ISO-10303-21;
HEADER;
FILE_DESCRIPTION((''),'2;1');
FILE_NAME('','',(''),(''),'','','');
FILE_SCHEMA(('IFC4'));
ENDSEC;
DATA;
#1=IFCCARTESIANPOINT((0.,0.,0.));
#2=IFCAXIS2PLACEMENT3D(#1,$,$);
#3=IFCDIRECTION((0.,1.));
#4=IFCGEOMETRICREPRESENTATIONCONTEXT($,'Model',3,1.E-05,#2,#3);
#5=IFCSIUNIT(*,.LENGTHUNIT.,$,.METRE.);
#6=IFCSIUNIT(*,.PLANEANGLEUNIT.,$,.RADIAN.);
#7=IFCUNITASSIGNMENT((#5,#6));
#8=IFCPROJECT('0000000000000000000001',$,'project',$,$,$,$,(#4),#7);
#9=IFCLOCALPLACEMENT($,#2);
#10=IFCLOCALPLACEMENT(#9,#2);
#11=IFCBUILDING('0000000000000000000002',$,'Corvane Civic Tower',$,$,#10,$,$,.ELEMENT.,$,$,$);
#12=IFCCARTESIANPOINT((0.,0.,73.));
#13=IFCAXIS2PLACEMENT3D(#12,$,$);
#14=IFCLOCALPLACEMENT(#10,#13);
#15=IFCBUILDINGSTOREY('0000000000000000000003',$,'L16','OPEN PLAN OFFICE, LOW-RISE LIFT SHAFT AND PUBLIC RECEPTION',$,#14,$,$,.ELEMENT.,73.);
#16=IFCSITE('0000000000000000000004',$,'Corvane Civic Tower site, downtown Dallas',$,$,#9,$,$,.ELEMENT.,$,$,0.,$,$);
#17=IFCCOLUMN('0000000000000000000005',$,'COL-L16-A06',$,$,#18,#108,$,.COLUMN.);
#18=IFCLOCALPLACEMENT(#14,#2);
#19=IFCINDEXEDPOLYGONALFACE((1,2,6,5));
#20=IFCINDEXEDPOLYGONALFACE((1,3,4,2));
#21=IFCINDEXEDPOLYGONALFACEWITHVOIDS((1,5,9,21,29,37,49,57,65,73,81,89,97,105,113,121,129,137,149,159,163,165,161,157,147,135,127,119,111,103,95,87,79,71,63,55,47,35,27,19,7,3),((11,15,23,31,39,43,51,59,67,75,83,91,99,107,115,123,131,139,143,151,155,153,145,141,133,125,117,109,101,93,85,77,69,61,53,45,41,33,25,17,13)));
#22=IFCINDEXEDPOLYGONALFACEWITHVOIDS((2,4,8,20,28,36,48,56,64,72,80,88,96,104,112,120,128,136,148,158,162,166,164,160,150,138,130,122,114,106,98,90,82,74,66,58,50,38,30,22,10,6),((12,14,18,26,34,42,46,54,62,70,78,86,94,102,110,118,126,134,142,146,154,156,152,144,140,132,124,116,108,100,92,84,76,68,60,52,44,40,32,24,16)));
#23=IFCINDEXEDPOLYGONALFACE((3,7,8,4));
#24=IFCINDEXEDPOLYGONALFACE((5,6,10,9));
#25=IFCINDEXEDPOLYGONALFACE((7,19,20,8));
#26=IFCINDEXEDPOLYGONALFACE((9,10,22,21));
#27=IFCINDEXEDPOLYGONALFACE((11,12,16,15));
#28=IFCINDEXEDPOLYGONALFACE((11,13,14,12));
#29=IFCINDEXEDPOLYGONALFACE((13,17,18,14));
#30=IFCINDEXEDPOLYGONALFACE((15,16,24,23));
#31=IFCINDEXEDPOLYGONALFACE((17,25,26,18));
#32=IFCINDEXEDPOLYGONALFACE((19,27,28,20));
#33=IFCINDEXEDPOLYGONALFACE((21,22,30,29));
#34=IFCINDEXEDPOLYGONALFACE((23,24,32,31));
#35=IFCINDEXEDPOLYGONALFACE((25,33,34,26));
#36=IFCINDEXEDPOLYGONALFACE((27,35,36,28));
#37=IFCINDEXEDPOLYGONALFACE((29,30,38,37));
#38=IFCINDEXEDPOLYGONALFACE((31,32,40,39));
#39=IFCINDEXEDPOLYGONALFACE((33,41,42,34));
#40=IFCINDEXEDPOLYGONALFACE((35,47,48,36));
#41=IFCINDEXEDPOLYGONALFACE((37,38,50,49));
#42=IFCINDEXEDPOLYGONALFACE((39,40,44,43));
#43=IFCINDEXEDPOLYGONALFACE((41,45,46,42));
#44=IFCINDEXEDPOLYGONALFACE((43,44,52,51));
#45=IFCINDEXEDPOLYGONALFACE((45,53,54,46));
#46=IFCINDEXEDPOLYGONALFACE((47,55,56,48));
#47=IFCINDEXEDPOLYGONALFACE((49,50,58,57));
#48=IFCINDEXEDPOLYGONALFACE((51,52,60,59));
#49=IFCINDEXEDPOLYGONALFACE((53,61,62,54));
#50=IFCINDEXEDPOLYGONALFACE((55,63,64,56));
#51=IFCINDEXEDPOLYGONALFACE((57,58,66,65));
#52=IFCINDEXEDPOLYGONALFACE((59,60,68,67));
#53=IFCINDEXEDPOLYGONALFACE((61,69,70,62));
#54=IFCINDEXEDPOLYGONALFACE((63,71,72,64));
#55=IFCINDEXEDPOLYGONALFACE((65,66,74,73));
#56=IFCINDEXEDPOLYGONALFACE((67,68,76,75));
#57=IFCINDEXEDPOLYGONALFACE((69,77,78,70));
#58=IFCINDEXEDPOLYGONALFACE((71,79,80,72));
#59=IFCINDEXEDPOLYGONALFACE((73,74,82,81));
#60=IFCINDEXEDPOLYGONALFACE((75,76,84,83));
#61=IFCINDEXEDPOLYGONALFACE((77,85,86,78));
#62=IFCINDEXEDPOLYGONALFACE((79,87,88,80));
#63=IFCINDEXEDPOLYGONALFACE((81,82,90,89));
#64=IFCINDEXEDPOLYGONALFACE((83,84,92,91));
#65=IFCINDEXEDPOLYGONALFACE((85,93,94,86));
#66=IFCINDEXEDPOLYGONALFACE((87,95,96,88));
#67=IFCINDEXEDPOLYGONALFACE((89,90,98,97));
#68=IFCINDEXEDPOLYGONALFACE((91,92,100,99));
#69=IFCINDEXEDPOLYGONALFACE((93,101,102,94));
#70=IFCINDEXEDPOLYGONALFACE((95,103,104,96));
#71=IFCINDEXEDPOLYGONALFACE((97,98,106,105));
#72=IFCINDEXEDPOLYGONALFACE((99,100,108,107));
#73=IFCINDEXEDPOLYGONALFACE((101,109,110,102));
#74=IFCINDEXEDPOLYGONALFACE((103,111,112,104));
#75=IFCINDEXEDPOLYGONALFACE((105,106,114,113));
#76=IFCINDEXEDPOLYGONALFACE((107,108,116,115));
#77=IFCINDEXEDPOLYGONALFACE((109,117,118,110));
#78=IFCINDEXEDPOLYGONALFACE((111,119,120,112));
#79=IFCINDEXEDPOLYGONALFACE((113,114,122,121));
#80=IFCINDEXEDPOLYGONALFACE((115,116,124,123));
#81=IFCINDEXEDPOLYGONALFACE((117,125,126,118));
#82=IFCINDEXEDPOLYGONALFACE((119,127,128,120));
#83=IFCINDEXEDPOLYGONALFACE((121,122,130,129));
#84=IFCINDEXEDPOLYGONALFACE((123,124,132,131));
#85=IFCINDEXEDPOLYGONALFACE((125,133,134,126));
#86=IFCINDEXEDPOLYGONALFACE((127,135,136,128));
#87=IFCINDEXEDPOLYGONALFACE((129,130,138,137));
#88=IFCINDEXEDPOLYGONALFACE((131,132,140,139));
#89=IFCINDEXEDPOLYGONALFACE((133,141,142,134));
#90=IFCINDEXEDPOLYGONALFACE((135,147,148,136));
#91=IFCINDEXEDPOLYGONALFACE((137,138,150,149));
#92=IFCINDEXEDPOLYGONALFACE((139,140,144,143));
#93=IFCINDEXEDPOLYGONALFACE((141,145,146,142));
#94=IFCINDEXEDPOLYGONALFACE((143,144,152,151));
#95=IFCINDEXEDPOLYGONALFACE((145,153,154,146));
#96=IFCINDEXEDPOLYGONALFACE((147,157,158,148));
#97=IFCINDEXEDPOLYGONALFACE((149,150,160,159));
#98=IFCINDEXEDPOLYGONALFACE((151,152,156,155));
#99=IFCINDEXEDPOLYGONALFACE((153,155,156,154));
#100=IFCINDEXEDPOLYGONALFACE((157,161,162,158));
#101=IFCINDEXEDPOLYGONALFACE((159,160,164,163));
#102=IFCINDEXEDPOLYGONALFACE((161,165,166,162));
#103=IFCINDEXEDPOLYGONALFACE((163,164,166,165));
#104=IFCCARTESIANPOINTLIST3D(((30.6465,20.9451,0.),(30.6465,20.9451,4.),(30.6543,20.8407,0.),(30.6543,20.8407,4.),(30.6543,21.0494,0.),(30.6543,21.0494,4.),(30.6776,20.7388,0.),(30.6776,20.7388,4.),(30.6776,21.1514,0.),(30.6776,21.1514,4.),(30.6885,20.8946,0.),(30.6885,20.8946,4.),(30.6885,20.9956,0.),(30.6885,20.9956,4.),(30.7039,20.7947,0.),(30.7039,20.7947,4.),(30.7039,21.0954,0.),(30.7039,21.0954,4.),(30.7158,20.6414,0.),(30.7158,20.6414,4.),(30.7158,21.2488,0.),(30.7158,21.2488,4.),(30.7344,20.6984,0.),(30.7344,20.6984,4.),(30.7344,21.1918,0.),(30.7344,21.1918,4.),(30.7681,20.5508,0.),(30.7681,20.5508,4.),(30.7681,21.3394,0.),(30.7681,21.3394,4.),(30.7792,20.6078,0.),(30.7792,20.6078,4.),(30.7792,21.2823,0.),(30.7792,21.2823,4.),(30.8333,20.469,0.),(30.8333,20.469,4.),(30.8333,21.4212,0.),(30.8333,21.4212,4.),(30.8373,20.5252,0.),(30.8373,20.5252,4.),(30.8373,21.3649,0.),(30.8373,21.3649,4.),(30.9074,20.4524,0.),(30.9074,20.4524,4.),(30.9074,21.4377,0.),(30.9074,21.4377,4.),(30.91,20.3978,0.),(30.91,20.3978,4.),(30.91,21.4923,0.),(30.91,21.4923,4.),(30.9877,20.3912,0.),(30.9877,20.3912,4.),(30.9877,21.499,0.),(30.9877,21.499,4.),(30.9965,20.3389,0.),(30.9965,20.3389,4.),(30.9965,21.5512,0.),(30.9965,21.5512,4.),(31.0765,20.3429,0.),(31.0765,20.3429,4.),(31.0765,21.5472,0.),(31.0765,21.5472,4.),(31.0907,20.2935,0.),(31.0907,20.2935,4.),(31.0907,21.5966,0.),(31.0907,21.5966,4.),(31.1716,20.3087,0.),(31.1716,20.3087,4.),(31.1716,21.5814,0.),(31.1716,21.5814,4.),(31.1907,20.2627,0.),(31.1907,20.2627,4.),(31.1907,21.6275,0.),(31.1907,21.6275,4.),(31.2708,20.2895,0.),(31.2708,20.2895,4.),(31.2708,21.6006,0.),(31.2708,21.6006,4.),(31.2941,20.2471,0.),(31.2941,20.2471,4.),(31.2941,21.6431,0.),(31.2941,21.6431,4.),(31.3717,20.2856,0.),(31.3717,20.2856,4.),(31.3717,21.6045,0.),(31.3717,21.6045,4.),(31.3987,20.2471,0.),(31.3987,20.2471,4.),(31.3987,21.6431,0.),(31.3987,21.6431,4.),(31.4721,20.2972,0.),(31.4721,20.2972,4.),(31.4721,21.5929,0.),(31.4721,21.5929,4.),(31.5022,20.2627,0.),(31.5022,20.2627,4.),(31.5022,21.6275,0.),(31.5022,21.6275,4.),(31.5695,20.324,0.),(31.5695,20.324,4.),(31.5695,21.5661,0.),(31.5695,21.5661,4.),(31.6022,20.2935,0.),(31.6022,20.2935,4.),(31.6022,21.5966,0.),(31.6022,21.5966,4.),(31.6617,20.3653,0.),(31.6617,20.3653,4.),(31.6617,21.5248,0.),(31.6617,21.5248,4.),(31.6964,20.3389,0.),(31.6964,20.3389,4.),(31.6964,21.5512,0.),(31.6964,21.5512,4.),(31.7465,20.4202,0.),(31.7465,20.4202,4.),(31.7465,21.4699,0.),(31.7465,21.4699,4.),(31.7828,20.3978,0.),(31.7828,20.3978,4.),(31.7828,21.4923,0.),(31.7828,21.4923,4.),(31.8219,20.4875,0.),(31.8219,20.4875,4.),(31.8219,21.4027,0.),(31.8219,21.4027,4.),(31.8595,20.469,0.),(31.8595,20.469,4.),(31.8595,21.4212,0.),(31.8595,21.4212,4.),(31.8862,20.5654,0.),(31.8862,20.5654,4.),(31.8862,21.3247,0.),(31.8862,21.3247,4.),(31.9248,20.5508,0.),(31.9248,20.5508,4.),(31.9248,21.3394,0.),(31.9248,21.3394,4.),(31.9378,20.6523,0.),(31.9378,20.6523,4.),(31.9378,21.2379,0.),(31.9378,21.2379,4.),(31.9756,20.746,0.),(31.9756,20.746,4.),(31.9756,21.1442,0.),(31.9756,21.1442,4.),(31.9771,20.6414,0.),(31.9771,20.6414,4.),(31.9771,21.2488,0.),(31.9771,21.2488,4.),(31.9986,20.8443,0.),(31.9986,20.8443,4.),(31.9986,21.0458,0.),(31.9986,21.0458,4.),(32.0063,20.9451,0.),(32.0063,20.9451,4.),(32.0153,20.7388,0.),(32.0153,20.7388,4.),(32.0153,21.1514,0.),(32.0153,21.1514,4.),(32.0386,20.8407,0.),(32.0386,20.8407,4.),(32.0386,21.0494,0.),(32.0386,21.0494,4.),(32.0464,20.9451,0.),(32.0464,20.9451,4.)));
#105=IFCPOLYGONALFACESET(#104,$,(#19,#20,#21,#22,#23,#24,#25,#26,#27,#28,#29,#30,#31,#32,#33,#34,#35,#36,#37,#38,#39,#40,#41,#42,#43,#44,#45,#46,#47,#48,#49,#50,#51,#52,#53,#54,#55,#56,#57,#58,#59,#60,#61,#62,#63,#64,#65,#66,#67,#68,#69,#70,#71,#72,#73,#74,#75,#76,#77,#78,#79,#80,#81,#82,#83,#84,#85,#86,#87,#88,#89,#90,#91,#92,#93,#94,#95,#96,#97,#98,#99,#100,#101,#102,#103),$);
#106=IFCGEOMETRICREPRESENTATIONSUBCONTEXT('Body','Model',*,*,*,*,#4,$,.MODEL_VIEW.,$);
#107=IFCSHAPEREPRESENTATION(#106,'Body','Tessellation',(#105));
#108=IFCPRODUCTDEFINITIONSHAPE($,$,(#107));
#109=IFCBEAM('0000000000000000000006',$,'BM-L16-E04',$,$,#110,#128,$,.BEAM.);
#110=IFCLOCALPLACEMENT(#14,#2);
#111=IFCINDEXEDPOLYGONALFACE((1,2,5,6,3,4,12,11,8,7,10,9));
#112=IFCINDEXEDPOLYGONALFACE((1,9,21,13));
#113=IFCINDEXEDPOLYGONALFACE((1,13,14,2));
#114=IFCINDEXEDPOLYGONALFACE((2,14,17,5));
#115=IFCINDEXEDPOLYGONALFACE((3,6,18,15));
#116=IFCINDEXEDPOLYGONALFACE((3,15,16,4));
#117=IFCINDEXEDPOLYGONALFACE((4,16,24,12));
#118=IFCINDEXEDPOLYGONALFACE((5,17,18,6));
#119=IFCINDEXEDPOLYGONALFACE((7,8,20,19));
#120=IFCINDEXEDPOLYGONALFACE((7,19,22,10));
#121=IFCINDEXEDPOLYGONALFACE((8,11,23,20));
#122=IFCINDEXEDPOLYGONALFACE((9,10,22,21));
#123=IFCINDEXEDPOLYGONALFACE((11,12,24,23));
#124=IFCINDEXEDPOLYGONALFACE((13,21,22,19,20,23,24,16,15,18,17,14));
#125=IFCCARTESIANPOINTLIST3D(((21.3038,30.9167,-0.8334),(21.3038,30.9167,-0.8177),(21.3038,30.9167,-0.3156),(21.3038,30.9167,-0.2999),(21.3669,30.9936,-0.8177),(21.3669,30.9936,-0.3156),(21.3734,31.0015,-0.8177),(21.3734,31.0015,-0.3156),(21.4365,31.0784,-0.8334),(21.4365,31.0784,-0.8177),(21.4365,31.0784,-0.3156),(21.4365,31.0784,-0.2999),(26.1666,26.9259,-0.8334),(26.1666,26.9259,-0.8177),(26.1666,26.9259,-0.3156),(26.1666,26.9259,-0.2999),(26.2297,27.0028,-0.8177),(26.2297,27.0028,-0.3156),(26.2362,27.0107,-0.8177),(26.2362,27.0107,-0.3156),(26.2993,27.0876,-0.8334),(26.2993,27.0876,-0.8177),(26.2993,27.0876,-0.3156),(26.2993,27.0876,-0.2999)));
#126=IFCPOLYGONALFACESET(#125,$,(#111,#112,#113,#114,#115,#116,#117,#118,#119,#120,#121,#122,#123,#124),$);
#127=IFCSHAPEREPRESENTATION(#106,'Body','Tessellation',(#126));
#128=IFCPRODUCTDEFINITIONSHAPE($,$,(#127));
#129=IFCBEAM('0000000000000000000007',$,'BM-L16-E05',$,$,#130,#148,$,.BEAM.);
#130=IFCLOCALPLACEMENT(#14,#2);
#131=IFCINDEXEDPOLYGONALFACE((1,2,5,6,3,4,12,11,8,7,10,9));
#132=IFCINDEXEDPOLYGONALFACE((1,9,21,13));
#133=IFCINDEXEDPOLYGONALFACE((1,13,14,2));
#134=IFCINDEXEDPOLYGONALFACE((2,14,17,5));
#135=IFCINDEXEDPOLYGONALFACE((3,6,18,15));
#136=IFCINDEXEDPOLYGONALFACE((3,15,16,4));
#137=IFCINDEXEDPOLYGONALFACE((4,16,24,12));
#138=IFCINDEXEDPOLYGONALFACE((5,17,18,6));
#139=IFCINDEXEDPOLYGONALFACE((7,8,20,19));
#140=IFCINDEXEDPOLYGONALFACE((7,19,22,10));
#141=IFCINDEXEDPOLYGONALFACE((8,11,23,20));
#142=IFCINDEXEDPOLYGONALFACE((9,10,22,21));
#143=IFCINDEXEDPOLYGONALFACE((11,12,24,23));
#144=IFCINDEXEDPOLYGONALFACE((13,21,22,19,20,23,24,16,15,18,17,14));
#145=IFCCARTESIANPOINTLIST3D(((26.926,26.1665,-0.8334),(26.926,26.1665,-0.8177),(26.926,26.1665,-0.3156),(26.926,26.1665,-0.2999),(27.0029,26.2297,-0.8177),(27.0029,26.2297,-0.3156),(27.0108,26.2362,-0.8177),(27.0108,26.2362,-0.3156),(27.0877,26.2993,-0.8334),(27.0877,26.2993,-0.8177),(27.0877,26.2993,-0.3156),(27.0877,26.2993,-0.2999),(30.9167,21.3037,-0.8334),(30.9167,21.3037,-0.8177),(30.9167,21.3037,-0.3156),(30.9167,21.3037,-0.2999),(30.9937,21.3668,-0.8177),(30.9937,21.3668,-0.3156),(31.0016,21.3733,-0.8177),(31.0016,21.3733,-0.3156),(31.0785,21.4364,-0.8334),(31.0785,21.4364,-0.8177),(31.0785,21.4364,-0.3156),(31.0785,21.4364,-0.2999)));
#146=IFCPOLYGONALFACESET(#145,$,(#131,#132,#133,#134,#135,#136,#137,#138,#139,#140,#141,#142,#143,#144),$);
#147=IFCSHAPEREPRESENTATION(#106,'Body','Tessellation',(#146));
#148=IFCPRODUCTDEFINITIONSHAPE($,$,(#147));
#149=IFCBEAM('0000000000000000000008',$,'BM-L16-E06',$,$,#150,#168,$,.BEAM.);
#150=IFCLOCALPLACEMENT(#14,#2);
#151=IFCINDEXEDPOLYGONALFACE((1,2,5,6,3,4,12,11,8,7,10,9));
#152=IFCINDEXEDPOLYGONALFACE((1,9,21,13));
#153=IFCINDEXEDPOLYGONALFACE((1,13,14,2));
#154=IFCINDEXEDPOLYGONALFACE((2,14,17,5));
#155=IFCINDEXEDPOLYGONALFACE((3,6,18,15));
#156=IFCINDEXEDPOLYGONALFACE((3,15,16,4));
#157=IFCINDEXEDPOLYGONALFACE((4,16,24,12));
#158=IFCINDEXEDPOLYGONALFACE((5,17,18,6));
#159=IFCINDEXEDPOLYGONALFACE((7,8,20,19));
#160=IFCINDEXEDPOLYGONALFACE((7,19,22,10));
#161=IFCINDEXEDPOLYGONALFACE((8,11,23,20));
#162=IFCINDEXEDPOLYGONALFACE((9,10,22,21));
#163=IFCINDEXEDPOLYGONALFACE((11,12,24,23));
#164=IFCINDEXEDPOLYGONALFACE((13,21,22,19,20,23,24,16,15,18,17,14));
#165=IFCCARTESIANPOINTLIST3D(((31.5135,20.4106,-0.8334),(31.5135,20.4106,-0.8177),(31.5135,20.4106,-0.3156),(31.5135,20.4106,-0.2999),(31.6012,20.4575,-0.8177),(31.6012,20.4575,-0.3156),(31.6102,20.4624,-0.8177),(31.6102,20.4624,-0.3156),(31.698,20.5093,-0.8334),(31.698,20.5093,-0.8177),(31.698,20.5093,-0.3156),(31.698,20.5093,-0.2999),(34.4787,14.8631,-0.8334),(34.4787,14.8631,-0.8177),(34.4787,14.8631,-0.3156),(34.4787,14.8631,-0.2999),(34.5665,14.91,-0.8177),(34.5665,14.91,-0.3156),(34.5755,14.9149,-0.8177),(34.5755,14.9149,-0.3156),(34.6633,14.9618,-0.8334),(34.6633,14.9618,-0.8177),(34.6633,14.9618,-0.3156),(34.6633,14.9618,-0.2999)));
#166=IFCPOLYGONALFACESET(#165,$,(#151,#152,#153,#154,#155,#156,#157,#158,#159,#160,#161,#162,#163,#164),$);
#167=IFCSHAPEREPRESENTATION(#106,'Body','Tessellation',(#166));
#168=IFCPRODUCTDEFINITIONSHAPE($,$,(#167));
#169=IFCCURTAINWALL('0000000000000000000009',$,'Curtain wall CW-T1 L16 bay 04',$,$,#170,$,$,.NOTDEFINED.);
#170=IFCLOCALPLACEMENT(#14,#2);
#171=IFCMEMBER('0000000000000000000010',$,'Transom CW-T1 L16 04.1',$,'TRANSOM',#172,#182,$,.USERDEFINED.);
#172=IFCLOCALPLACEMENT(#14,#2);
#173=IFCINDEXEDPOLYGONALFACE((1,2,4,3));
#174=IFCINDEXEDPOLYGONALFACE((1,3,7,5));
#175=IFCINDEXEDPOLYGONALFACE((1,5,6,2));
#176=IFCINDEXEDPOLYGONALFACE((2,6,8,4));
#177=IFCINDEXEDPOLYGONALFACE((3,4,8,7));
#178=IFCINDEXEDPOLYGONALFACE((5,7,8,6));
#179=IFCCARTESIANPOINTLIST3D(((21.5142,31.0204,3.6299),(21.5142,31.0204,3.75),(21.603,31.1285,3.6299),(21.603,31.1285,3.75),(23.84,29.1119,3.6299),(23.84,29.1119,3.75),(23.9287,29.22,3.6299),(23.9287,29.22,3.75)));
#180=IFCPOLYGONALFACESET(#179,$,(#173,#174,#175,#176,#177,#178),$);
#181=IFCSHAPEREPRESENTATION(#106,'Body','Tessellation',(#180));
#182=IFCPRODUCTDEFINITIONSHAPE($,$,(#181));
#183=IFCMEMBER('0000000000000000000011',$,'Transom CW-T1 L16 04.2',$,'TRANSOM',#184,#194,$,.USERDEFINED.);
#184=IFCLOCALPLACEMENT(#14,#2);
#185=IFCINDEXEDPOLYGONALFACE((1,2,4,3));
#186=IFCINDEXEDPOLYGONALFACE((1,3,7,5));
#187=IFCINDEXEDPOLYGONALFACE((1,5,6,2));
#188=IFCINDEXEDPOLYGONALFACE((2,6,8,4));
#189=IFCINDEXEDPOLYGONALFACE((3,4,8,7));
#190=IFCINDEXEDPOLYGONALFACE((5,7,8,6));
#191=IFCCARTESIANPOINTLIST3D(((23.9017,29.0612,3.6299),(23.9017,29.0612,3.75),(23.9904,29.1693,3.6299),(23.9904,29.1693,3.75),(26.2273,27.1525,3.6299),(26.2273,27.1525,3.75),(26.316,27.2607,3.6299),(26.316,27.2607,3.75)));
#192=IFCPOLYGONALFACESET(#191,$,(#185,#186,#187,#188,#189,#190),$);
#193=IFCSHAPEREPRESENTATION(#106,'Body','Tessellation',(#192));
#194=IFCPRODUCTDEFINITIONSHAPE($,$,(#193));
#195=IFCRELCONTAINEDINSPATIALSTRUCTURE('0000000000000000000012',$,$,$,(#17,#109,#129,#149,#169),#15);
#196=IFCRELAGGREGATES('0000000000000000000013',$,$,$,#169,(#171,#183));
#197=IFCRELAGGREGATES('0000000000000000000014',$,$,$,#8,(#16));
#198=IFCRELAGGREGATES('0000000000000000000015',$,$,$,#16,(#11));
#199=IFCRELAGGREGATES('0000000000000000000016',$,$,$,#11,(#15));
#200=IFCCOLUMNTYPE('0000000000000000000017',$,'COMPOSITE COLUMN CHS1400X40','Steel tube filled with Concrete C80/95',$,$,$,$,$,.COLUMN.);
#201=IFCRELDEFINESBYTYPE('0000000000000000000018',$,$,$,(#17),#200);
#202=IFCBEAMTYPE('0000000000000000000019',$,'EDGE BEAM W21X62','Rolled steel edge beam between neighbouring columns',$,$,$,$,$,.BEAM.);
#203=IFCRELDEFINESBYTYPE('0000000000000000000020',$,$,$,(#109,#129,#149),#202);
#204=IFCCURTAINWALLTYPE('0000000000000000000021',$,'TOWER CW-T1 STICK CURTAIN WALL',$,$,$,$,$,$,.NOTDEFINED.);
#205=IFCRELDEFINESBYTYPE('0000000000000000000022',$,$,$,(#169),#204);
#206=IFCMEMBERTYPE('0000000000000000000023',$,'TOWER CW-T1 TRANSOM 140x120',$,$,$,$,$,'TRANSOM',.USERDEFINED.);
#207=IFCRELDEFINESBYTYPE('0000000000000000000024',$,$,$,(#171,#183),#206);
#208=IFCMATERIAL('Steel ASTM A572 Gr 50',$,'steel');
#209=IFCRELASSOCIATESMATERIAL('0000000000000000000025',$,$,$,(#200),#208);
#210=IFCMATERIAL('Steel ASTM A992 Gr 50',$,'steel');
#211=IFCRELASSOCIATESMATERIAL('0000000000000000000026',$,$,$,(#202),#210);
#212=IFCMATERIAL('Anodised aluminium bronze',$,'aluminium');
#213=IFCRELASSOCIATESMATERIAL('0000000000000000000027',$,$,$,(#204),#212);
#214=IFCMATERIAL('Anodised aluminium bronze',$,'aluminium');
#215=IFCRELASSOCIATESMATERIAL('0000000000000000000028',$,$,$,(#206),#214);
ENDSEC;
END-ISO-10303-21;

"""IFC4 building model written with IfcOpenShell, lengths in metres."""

from ifc_helpers import new_model, si_unit, direction, frame, origin, origin_2d, place, context, subcontext, project, spatial, rectangle, hollow_circle, i_section, extrude, material, material_profile, profile_set, type_object, element, aggregate, save


model = new_model("IFC4")

# Units and contexts
model_context = context("Model", 3, precision=1e-05, world=origin(), true_north=direction((0.0, 1.0)))
body_context = subcontext(model_context, "Body", "Model", "MODEL_VIEW")
ifc_project = project(units=[si_unit("LENGTHUNIT", "METRE"), si_unit("PLANEANGLEUNIT", "RADIAN")], contexts=[model_context])

# Site, building, storey
site_placement = place(None, origin())
site = spatial("IfcSite", under=ifc_project, at=site_placement, Name="Corvane Civic Tower site, downtown Dallas", CompositionType="ELEMENT", RefElevation=0.0)
building_placement = place(site_placement, origin())
building = spatial("IfcBuilding", under=site, at=building_placement, Name="Corvane Civic Tower", CompositionType="ELEMENT")
storey_placement = place(building_placement, frame((0.0, 0.0, 73.0)))
storey = spatial("IfcBuildingStorey", under=building, at=storey_placement, Name="L16", Description="OPEN PLAN OFFICE, LOW-RISE LIFT SHAFT AND PUBLIC RECEPTION", CompositionType="ELEMENT", Elevation=73.0)

# Column
ifc_material_1 = material(Name="Steel ASTM A572 Gr 50", Category="steel")
ifc_material_profile_1 = material_profile(ifc_material_1, hollow_circle(Radius=0.7, WallThickness=0.04, at=origin_2d()), Name="CHS1400X40")
ifc_profile_set_1 = profile_set([ifc_material_profile_1], Name="Steel ASTM A572 Gr 50")
column_type = type_object("IfcColumnType", Name="COMPOSITE COLUMN CHS1400X40", Description="Steel tube filled with Concrete C80/95", PredefinedType="COLUMN", material=ifc_profile_set_1)
for number, where, z_axis, x_axis, name in (
    (1, (31.3464, 20.9451, 0.0), (0.0, 0.0, 1.0), (1.0, 0.0, 0.0), "COL-L16-A06"),
):
    element("IfcColumn", number, at=place(storey_placement, frame(where, z_axis=z_axis, x_axis=x_axis)), inside=storey, type_object=column_type, Name=name, PredefinedType="COLUMN", context=body_context, shape_type="SweptSolid", body=[
        extrude(hollow_circle(Radius=0.7, WallThickness=0.04, at=origin_2d()), origin(), (0.0, 0.0, 1.0), 4.0),
    ])

# Beams
ifc_material_2 = material(Name="Steel ASTM A992 Gr 50", Category="steel")
ifc_material_profile_2 = material_profile(ifc_material_2, i_section(OverallWidth=0.2092, OverallDepth=0.5334, WebThickness=0.0103, FlangeThickness=0.0156, at=origin_2d()), Name="W21X62")
ifc_profile_set_2 = profile_set([ifc_material_profile_2], Name="Steel ASTM A992 Gr 50")
beam_type = type_object("IfcBeamType", Name="EDGE BEAM W21X62", Description="Rolled steel edge beam between neighbouring columns", PredefinedType="BEAM", material=ifc_profile_set_2)
for number, where, z_axis, x_axis, name in (
    (2, (21.3701, 30.9976, -0.5667), (0.773016, -0.634387, 0.0), (0.634387, 0.773016, 0.0), "BM-L16-E04"),
    (3, (27.0068, 26.2329, -0.5667), (0.634387, -0.773016, 0.0), (0.773016, 0.634387, 0.0), "BM-L16-E05"),
):
    element("IfcBeam", number, at=place(storey_placement, frame(where, z_axis=z_axis, x_axis=x_axis)), inside=storey, type_object=beam_type, Name=name, PredefinedType="BEAM", context=body_context, shape_type="SweptSolid", body=[
        extrude(i_section(OverallWidth=0.2092, OverallDepth=0.5334, WebThickness=0.0103, FlangeThickness=0.0156, at=origin_2d()), origin(), (0.0, 0.0, 1.0), 6.2908),
    ])
beam_placement = place(storey_placement, frame((31.6057, 20.46, -0.5667), z_axis=(0.471406, -0.881916, 0.0), x_axis=(0.881916, 0.471406, 0.0)))
element("IfcBeam", 4, at=beam_placement, inside=storey, type_object=beam_type, Name="BM-L16-E06", PredefinedType="BEAM", context=body_context, shape_type="SweptSolid", body=[
    extrude(i_section(OverallWidth=0.2092, OverallDepth=0.5334, WebThickness=0.0103, FlangeThickness=0.0156, at=origin_2d()), origin(), (0.0, 0.0, 1.0), 6.2903),
])

# Curtain wall, members
ifc_material_3 = material(Name="Anodised aluminium bronze", Category="aluminium")
curtain_wall_type = type_object("IfcCurtainWallType", Name="TOWER CW-T1 STICK CURTAIN WALL", PredefinedType="NOTDEFINED", material=ifc_material_3)
curtain_wall_1_placement = place(storey_placement, origin())
curtain_wall_1 = element("IfcCurtainWall", 5, at=curtain_wall_1_placement, inside=storey, type_object=curtain_wall_type, Name="Curtain wall CW-T1 L16 bay 04", PredefinedType="NOTDEFINED")
ifc_material_4 = material(Name="Anodised aluminium bronze", Category="aluminium")
ifc_material_profile_3 = material_profile(ifc_material_4, rectangle(XDim=0.1399, YDim=0.1201, at=origin_2d()), Name="TOWER CW-T1 TRANSOM 140x120")
ifc_profile_set_3 = profile_set([ifc_material_profile_3], Name="Anodised aluminium bronze")
member_type_1 = type_object("IfcMemberType", Name="TOWER CW-T1 TRANSOM 140x120", ElementType="TRANSOM", PredefinedType="USERDEFINED", material=ifc_profile_set_3)
member_1_placement = place(storey_placement, frame((21.5586, 31.0745, 3.6899), z_axis=(0.773042, -0.634355, 0.0), x_axis=(0.634355, 0.773042, 0.0)))
member_1 = element("IfcMember", 6, at=member_1_placement, type_object=member_type_1, Name="Transom CW-T1 L16 04.1", ObjectType="TRANSOM", PredefinedType="USERDEFINED", context=body_context, shape_type="SweptSolid", body=[
    extrude(rectangle(XDim=0.1399, YDim=0.1201, at=origin_2d()), origin(), (0.0, 0.0, 1.0), 3.0085),
])
member_2_placement = place(storey_placement, frame((23.946, 29.1152, 3.6899), z_axis=(0.773002, -0.634404, 0.0), x_axis=(0.634404, 0.773002, 0.0)))
member_2 = element("IfcMember", 7, at=member_2_placement, type_object=member_type_1, Name="Transom CW-T1 L16 04.2", ObjectType="TRANSOM", PredefinedType="USERDEFINED", context=body_context, shape_type="SweptSolid", body=[
    extrude(rectangle(XDim=0.1399, YDim=0.1201, at=origin_2d()), origin(), (0.0, 0.0, 1.0), 3.0085),
])

aggregate(curtain_wall_1, [member_1, member_2])

save(model, "model.ifc")
